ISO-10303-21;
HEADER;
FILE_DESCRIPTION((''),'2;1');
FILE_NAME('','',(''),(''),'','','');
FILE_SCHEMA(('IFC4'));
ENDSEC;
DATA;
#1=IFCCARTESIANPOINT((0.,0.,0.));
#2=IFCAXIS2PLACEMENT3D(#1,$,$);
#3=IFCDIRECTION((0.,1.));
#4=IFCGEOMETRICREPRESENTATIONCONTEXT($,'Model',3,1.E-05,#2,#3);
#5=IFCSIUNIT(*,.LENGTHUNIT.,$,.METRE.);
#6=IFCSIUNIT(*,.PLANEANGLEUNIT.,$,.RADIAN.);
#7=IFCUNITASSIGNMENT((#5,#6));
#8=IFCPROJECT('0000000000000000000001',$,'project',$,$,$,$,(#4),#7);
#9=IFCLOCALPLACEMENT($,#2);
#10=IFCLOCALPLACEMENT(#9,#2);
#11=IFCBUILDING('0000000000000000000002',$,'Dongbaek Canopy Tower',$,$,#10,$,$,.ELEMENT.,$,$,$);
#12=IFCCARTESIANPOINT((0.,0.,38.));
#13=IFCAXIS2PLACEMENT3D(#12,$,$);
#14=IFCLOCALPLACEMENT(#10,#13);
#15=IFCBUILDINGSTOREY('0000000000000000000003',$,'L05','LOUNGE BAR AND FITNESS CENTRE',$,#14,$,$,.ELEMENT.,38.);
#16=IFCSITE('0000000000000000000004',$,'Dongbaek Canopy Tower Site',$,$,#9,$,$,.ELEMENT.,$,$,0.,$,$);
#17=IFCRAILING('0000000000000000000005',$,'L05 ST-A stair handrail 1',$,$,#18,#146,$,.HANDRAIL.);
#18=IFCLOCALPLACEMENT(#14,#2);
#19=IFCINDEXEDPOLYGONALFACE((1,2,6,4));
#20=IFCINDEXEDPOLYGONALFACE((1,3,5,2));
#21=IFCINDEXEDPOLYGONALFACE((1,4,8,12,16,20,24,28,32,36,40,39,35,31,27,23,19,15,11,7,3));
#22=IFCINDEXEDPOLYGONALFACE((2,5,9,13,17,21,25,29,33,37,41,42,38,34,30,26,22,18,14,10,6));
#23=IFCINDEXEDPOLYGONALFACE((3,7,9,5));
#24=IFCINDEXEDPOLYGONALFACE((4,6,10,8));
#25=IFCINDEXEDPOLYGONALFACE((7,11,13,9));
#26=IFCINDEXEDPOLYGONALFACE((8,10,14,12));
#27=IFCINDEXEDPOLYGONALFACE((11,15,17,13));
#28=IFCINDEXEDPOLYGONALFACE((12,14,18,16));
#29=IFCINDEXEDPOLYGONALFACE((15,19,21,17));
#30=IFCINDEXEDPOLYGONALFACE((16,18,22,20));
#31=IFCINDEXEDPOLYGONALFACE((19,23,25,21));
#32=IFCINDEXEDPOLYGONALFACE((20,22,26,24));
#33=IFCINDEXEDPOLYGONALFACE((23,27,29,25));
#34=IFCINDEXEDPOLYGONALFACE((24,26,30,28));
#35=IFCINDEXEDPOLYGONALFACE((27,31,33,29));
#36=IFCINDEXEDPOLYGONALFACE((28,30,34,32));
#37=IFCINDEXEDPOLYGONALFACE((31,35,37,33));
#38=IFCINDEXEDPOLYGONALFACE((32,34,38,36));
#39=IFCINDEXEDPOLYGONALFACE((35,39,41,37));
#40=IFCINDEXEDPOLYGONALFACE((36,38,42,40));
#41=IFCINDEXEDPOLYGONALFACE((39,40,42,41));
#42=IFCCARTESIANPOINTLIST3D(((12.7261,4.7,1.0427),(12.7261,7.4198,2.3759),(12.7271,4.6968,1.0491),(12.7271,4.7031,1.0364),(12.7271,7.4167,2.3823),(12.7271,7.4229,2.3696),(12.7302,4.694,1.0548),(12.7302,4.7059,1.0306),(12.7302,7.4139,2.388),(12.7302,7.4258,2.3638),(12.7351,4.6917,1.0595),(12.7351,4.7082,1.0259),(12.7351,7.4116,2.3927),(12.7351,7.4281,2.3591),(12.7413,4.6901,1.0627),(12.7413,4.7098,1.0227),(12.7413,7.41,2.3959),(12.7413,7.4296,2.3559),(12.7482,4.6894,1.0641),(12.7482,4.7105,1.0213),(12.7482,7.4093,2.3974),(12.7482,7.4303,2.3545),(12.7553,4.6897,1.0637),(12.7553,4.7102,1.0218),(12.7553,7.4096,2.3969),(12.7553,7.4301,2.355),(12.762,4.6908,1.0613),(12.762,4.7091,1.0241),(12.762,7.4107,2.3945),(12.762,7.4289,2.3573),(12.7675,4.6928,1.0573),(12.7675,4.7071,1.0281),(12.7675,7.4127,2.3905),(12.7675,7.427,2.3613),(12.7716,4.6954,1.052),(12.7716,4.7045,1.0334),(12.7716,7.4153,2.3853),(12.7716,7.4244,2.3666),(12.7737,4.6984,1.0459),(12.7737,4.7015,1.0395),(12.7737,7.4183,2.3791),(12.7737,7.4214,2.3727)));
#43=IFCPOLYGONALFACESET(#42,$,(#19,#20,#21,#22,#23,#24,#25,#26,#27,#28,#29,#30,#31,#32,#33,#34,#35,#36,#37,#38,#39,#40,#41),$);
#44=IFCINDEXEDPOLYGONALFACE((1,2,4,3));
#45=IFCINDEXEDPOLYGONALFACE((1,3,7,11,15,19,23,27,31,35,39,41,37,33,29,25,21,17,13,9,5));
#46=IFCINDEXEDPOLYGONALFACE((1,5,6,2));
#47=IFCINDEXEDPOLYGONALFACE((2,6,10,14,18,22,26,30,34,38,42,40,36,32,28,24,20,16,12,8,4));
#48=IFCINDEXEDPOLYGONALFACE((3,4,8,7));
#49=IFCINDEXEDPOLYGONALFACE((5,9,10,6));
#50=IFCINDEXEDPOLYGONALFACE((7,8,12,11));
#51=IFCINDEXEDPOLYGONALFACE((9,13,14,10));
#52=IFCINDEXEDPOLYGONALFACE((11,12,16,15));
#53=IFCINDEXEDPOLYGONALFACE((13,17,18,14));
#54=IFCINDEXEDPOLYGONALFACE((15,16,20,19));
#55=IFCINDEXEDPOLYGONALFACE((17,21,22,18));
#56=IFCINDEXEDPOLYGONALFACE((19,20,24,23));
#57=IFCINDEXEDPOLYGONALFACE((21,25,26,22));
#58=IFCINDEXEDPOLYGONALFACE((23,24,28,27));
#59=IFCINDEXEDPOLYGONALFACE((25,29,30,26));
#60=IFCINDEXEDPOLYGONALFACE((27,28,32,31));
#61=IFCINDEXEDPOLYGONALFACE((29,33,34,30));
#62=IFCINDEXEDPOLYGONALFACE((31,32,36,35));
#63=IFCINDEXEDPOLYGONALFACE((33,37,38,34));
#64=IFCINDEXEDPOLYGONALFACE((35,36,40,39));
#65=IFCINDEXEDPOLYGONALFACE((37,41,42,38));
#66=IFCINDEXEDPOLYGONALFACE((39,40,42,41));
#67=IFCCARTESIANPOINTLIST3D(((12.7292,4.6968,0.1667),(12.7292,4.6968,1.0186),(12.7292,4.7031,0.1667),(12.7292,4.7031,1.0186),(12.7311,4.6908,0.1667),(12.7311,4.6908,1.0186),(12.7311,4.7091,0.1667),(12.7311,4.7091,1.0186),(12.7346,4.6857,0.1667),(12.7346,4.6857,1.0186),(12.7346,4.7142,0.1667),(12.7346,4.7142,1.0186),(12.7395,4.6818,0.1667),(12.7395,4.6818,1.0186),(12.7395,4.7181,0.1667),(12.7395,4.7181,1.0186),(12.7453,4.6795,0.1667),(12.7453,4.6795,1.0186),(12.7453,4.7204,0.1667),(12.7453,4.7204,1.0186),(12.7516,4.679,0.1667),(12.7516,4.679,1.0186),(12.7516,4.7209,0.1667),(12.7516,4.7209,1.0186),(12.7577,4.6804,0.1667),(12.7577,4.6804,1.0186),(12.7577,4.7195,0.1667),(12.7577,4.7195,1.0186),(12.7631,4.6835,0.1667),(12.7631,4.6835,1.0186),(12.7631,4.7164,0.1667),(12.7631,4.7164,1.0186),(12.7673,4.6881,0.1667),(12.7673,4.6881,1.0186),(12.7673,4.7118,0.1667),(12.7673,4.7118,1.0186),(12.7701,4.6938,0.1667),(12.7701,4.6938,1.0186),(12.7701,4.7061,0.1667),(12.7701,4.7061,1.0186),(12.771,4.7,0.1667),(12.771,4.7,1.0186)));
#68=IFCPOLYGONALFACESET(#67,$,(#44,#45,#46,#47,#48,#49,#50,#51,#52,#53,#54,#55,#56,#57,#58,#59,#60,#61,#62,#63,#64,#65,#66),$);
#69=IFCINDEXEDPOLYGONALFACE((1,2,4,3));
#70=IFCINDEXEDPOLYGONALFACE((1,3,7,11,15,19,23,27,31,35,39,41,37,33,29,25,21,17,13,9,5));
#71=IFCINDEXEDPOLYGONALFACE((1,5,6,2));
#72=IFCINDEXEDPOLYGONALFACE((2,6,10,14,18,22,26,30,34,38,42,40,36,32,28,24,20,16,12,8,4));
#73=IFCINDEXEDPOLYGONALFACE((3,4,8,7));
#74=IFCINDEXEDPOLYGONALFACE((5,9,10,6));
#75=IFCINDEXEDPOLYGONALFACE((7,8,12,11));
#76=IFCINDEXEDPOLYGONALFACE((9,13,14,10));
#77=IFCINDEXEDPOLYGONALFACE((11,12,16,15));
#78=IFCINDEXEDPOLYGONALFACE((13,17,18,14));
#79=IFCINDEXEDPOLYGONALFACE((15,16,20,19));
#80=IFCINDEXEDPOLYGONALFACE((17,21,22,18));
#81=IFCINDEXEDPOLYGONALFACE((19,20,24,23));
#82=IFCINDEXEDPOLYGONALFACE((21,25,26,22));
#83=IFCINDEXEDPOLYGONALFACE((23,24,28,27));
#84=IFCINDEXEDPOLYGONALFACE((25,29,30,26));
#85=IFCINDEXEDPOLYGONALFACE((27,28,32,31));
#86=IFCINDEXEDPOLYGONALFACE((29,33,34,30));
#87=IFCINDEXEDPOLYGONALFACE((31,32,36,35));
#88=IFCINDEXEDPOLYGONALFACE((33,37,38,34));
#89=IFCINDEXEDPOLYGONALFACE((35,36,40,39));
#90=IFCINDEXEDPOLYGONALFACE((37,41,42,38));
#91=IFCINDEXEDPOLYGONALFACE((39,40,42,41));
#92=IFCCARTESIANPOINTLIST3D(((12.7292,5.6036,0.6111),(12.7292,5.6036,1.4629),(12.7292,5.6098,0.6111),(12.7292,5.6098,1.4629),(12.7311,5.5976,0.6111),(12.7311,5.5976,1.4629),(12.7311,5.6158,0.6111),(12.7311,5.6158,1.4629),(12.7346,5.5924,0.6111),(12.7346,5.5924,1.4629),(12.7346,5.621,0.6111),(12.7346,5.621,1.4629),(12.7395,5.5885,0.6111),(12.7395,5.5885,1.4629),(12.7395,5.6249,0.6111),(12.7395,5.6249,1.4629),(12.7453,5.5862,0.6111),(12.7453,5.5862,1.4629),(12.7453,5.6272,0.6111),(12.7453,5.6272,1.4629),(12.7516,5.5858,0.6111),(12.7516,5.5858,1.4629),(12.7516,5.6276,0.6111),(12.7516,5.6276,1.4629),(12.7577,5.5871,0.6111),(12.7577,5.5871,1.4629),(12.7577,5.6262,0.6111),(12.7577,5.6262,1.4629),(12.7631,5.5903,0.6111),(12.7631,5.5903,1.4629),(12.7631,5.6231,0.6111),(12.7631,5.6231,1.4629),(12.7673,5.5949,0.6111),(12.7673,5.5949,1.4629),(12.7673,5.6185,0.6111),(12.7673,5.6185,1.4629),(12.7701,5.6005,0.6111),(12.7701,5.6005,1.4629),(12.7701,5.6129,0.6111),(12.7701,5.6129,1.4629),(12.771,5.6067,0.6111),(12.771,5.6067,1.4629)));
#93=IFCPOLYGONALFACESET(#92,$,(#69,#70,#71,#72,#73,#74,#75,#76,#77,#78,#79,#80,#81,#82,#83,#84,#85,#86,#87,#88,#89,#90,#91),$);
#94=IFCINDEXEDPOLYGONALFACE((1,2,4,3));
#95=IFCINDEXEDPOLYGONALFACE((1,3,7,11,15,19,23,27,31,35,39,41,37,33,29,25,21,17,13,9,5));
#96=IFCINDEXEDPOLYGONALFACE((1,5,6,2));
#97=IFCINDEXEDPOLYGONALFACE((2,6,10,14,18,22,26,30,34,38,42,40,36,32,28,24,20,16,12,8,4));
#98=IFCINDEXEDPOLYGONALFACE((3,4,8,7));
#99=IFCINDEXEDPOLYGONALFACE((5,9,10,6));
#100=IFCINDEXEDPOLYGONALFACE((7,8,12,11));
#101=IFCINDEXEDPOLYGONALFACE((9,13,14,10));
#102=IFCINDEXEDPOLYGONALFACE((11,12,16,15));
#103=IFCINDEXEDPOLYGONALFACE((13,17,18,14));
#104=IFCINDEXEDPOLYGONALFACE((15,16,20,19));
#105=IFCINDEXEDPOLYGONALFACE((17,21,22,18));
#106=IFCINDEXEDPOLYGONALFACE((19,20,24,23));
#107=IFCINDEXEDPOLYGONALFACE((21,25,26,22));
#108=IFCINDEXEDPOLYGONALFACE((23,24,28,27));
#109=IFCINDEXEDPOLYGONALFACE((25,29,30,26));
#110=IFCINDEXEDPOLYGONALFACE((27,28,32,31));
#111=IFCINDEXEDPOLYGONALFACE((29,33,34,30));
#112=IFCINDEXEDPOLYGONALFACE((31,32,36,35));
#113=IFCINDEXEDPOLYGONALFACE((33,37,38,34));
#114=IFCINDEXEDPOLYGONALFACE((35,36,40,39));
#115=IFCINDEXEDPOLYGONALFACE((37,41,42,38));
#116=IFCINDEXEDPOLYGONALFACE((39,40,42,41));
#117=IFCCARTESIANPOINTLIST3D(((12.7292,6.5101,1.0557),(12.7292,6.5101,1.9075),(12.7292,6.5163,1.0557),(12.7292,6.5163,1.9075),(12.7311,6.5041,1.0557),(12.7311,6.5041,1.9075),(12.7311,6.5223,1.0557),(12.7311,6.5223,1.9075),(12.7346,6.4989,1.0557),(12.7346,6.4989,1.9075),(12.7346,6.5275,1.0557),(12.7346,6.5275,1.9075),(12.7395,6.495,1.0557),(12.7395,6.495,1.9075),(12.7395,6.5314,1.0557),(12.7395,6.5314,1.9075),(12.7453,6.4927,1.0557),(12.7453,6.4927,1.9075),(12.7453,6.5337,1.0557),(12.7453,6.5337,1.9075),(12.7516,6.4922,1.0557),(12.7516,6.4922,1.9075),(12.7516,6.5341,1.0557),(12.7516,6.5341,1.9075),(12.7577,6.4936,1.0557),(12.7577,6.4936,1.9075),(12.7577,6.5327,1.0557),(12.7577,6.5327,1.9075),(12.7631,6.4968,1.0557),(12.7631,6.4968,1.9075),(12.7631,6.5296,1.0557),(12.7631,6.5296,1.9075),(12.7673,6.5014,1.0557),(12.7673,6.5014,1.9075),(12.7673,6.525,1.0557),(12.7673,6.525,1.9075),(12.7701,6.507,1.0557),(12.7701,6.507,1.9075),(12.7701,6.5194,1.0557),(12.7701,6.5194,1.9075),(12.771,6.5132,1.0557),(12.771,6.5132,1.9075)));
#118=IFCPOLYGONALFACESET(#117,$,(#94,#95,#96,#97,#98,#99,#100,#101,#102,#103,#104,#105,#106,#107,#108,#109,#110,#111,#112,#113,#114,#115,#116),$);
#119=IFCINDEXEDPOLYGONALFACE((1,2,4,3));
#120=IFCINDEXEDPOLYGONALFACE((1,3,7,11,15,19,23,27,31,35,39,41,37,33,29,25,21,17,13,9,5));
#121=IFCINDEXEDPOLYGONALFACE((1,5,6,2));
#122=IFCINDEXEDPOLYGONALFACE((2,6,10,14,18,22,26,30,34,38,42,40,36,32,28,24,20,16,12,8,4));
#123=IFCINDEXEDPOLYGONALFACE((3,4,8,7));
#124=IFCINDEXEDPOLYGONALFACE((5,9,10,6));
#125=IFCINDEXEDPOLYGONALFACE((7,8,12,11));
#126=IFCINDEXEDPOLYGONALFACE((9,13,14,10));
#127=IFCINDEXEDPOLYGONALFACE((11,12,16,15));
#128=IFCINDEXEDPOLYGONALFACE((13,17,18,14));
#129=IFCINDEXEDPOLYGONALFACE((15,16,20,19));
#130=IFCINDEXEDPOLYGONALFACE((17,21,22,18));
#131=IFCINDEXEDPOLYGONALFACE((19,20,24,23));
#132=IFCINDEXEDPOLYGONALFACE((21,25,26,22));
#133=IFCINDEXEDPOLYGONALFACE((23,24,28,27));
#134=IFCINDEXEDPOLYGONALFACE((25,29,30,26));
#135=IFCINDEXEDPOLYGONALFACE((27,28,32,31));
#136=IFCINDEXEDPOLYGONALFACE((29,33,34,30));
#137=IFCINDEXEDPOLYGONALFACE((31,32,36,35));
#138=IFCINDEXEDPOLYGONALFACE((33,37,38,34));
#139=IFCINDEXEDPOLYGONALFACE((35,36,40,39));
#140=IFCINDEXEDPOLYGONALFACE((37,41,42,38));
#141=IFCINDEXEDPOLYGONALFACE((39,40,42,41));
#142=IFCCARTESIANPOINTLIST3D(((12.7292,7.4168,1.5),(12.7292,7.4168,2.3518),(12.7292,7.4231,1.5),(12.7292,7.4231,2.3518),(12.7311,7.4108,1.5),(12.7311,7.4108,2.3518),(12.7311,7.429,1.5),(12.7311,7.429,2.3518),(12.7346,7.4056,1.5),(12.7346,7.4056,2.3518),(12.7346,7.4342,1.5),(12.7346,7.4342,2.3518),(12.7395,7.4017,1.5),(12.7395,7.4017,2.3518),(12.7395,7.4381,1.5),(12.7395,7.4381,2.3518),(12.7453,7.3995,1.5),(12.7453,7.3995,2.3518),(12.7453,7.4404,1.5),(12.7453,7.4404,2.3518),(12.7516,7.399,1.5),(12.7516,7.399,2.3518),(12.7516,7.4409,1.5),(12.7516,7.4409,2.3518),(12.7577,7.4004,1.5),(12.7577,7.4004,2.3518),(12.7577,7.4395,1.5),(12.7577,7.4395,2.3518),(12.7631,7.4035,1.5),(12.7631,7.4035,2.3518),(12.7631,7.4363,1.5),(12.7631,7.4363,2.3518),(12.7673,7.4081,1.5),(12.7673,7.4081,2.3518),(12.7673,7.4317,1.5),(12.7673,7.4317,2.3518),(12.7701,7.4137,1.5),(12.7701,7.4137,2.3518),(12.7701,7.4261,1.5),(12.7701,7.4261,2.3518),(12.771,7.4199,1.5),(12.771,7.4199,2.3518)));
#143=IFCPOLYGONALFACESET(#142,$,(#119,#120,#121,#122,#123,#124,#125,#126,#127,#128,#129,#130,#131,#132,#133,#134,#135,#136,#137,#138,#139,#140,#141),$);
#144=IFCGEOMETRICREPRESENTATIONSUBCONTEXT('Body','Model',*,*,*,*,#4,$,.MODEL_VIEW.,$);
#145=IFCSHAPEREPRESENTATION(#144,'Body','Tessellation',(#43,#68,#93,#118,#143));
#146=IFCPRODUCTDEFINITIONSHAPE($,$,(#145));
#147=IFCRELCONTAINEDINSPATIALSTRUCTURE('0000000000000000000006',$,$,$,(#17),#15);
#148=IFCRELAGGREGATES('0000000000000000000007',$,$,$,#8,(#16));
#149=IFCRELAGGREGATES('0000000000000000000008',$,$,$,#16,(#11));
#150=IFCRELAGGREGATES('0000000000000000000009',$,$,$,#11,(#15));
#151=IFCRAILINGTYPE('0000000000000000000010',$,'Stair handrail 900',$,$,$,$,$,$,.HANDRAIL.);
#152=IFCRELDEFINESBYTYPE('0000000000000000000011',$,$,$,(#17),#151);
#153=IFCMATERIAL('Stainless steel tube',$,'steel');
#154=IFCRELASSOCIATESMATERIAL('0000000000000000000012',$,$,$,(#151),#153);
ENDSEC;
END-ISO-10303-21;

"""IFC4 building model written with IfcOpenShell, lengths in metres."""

from ifc_helpers import new_model, si_unit, direction, frame, origin, origin_2d, place, context, subcontext, project, spatial, circle, extrude, material, type_object, element, save


model = new_model("IFC4")

# Units and contexts
model_context = context("Model", 3, precision=1e-05, world=origin(), true_north=direction((0.0, 1.0)))
body_context = subcontext(model_context, "Body", "Model", "MODEL_VIEW")
ifc_project = project(units=[si_unit("LENGTHUNIT", "METRE"), si_unit("PLANEANGLEUNIT", "RADIAN")], contexts=[model_context])

# Site, building, storey
site_placement = place(None, origin())
site = spatial("IfcSite", under=ifc_project, at=site_placement, Name="Dongbaek Canopy Tower Site", CompositionType="ELEMENT", RefElevation=0.0)
building_placement = place(site_placement, origin())
building = spatial("IfcBuilding", under=site, at=building_placement, Name="Dongbaek Canopy Tower", CompositionType="ELEMENT")
storey_placement = place(building_placement, frame((0.0, 0.0, 38.0)))
storey = spatial("IfcBuildingStorey", under=building, at=storey_placement, Name="L05", Description="LOUNGE BAR AND FITNESS CENTRE", CompositionType="ELEMENT", Elevation=38.0)

# Railing
ifc_material_1 = material(Name="Stainless steel tube", Category="steel")
railing_type_1 = type_object("IfcRailingType", Name="Stair handrail 900", PredefinedType="HANDRAIL", material=ifc_material_1)
for number, where, name in (
    (1, (12.75, 4.7, 0.1667), "L05 ST-A stair handrail 1"),
):
    element("IfcRailing", number, at=place(storey_placement, frame(where)), inside=storey, type_object=railing_type_1, Name=name, PredefinedType="HANDRAIL", context=body_context, shape_type="SweptSolid", body=[
        extrude(circle(Radius=0.0239, at=origin_2d()), frame((0.0, 0.0, 0.876), z_axis=(0.0, 0.897929, 0.440139), x_axis=(-1.0, 0.0, 0.0)), (0.0, 0.0, 1.0), 3.0291),
        extrude(circle(Radius=0.021, at=origin_2d()), origin(), (0.0, 0.0, 1.0), 0.8518),
        extrude(circle(Radius=0.021, at=origin_2d()), frame((0.0, 0.9067, 0.4443)), (0.0, 0.0, 1.0), 0.8518),
        extrude(circle(Radius=0.021, at=origin_2d()), frame((0.0, 1.8132, 0.8889)), (0.0, 0.0, 1.0), 0.8518),
        extrude(circle(Radius=0.021, at=origin_2d()), frame((0.0, 2.72, 1.3333)), (0.0, 0.0, 1.0), 0.8518),
    ])

save(model, "model.ifc")
